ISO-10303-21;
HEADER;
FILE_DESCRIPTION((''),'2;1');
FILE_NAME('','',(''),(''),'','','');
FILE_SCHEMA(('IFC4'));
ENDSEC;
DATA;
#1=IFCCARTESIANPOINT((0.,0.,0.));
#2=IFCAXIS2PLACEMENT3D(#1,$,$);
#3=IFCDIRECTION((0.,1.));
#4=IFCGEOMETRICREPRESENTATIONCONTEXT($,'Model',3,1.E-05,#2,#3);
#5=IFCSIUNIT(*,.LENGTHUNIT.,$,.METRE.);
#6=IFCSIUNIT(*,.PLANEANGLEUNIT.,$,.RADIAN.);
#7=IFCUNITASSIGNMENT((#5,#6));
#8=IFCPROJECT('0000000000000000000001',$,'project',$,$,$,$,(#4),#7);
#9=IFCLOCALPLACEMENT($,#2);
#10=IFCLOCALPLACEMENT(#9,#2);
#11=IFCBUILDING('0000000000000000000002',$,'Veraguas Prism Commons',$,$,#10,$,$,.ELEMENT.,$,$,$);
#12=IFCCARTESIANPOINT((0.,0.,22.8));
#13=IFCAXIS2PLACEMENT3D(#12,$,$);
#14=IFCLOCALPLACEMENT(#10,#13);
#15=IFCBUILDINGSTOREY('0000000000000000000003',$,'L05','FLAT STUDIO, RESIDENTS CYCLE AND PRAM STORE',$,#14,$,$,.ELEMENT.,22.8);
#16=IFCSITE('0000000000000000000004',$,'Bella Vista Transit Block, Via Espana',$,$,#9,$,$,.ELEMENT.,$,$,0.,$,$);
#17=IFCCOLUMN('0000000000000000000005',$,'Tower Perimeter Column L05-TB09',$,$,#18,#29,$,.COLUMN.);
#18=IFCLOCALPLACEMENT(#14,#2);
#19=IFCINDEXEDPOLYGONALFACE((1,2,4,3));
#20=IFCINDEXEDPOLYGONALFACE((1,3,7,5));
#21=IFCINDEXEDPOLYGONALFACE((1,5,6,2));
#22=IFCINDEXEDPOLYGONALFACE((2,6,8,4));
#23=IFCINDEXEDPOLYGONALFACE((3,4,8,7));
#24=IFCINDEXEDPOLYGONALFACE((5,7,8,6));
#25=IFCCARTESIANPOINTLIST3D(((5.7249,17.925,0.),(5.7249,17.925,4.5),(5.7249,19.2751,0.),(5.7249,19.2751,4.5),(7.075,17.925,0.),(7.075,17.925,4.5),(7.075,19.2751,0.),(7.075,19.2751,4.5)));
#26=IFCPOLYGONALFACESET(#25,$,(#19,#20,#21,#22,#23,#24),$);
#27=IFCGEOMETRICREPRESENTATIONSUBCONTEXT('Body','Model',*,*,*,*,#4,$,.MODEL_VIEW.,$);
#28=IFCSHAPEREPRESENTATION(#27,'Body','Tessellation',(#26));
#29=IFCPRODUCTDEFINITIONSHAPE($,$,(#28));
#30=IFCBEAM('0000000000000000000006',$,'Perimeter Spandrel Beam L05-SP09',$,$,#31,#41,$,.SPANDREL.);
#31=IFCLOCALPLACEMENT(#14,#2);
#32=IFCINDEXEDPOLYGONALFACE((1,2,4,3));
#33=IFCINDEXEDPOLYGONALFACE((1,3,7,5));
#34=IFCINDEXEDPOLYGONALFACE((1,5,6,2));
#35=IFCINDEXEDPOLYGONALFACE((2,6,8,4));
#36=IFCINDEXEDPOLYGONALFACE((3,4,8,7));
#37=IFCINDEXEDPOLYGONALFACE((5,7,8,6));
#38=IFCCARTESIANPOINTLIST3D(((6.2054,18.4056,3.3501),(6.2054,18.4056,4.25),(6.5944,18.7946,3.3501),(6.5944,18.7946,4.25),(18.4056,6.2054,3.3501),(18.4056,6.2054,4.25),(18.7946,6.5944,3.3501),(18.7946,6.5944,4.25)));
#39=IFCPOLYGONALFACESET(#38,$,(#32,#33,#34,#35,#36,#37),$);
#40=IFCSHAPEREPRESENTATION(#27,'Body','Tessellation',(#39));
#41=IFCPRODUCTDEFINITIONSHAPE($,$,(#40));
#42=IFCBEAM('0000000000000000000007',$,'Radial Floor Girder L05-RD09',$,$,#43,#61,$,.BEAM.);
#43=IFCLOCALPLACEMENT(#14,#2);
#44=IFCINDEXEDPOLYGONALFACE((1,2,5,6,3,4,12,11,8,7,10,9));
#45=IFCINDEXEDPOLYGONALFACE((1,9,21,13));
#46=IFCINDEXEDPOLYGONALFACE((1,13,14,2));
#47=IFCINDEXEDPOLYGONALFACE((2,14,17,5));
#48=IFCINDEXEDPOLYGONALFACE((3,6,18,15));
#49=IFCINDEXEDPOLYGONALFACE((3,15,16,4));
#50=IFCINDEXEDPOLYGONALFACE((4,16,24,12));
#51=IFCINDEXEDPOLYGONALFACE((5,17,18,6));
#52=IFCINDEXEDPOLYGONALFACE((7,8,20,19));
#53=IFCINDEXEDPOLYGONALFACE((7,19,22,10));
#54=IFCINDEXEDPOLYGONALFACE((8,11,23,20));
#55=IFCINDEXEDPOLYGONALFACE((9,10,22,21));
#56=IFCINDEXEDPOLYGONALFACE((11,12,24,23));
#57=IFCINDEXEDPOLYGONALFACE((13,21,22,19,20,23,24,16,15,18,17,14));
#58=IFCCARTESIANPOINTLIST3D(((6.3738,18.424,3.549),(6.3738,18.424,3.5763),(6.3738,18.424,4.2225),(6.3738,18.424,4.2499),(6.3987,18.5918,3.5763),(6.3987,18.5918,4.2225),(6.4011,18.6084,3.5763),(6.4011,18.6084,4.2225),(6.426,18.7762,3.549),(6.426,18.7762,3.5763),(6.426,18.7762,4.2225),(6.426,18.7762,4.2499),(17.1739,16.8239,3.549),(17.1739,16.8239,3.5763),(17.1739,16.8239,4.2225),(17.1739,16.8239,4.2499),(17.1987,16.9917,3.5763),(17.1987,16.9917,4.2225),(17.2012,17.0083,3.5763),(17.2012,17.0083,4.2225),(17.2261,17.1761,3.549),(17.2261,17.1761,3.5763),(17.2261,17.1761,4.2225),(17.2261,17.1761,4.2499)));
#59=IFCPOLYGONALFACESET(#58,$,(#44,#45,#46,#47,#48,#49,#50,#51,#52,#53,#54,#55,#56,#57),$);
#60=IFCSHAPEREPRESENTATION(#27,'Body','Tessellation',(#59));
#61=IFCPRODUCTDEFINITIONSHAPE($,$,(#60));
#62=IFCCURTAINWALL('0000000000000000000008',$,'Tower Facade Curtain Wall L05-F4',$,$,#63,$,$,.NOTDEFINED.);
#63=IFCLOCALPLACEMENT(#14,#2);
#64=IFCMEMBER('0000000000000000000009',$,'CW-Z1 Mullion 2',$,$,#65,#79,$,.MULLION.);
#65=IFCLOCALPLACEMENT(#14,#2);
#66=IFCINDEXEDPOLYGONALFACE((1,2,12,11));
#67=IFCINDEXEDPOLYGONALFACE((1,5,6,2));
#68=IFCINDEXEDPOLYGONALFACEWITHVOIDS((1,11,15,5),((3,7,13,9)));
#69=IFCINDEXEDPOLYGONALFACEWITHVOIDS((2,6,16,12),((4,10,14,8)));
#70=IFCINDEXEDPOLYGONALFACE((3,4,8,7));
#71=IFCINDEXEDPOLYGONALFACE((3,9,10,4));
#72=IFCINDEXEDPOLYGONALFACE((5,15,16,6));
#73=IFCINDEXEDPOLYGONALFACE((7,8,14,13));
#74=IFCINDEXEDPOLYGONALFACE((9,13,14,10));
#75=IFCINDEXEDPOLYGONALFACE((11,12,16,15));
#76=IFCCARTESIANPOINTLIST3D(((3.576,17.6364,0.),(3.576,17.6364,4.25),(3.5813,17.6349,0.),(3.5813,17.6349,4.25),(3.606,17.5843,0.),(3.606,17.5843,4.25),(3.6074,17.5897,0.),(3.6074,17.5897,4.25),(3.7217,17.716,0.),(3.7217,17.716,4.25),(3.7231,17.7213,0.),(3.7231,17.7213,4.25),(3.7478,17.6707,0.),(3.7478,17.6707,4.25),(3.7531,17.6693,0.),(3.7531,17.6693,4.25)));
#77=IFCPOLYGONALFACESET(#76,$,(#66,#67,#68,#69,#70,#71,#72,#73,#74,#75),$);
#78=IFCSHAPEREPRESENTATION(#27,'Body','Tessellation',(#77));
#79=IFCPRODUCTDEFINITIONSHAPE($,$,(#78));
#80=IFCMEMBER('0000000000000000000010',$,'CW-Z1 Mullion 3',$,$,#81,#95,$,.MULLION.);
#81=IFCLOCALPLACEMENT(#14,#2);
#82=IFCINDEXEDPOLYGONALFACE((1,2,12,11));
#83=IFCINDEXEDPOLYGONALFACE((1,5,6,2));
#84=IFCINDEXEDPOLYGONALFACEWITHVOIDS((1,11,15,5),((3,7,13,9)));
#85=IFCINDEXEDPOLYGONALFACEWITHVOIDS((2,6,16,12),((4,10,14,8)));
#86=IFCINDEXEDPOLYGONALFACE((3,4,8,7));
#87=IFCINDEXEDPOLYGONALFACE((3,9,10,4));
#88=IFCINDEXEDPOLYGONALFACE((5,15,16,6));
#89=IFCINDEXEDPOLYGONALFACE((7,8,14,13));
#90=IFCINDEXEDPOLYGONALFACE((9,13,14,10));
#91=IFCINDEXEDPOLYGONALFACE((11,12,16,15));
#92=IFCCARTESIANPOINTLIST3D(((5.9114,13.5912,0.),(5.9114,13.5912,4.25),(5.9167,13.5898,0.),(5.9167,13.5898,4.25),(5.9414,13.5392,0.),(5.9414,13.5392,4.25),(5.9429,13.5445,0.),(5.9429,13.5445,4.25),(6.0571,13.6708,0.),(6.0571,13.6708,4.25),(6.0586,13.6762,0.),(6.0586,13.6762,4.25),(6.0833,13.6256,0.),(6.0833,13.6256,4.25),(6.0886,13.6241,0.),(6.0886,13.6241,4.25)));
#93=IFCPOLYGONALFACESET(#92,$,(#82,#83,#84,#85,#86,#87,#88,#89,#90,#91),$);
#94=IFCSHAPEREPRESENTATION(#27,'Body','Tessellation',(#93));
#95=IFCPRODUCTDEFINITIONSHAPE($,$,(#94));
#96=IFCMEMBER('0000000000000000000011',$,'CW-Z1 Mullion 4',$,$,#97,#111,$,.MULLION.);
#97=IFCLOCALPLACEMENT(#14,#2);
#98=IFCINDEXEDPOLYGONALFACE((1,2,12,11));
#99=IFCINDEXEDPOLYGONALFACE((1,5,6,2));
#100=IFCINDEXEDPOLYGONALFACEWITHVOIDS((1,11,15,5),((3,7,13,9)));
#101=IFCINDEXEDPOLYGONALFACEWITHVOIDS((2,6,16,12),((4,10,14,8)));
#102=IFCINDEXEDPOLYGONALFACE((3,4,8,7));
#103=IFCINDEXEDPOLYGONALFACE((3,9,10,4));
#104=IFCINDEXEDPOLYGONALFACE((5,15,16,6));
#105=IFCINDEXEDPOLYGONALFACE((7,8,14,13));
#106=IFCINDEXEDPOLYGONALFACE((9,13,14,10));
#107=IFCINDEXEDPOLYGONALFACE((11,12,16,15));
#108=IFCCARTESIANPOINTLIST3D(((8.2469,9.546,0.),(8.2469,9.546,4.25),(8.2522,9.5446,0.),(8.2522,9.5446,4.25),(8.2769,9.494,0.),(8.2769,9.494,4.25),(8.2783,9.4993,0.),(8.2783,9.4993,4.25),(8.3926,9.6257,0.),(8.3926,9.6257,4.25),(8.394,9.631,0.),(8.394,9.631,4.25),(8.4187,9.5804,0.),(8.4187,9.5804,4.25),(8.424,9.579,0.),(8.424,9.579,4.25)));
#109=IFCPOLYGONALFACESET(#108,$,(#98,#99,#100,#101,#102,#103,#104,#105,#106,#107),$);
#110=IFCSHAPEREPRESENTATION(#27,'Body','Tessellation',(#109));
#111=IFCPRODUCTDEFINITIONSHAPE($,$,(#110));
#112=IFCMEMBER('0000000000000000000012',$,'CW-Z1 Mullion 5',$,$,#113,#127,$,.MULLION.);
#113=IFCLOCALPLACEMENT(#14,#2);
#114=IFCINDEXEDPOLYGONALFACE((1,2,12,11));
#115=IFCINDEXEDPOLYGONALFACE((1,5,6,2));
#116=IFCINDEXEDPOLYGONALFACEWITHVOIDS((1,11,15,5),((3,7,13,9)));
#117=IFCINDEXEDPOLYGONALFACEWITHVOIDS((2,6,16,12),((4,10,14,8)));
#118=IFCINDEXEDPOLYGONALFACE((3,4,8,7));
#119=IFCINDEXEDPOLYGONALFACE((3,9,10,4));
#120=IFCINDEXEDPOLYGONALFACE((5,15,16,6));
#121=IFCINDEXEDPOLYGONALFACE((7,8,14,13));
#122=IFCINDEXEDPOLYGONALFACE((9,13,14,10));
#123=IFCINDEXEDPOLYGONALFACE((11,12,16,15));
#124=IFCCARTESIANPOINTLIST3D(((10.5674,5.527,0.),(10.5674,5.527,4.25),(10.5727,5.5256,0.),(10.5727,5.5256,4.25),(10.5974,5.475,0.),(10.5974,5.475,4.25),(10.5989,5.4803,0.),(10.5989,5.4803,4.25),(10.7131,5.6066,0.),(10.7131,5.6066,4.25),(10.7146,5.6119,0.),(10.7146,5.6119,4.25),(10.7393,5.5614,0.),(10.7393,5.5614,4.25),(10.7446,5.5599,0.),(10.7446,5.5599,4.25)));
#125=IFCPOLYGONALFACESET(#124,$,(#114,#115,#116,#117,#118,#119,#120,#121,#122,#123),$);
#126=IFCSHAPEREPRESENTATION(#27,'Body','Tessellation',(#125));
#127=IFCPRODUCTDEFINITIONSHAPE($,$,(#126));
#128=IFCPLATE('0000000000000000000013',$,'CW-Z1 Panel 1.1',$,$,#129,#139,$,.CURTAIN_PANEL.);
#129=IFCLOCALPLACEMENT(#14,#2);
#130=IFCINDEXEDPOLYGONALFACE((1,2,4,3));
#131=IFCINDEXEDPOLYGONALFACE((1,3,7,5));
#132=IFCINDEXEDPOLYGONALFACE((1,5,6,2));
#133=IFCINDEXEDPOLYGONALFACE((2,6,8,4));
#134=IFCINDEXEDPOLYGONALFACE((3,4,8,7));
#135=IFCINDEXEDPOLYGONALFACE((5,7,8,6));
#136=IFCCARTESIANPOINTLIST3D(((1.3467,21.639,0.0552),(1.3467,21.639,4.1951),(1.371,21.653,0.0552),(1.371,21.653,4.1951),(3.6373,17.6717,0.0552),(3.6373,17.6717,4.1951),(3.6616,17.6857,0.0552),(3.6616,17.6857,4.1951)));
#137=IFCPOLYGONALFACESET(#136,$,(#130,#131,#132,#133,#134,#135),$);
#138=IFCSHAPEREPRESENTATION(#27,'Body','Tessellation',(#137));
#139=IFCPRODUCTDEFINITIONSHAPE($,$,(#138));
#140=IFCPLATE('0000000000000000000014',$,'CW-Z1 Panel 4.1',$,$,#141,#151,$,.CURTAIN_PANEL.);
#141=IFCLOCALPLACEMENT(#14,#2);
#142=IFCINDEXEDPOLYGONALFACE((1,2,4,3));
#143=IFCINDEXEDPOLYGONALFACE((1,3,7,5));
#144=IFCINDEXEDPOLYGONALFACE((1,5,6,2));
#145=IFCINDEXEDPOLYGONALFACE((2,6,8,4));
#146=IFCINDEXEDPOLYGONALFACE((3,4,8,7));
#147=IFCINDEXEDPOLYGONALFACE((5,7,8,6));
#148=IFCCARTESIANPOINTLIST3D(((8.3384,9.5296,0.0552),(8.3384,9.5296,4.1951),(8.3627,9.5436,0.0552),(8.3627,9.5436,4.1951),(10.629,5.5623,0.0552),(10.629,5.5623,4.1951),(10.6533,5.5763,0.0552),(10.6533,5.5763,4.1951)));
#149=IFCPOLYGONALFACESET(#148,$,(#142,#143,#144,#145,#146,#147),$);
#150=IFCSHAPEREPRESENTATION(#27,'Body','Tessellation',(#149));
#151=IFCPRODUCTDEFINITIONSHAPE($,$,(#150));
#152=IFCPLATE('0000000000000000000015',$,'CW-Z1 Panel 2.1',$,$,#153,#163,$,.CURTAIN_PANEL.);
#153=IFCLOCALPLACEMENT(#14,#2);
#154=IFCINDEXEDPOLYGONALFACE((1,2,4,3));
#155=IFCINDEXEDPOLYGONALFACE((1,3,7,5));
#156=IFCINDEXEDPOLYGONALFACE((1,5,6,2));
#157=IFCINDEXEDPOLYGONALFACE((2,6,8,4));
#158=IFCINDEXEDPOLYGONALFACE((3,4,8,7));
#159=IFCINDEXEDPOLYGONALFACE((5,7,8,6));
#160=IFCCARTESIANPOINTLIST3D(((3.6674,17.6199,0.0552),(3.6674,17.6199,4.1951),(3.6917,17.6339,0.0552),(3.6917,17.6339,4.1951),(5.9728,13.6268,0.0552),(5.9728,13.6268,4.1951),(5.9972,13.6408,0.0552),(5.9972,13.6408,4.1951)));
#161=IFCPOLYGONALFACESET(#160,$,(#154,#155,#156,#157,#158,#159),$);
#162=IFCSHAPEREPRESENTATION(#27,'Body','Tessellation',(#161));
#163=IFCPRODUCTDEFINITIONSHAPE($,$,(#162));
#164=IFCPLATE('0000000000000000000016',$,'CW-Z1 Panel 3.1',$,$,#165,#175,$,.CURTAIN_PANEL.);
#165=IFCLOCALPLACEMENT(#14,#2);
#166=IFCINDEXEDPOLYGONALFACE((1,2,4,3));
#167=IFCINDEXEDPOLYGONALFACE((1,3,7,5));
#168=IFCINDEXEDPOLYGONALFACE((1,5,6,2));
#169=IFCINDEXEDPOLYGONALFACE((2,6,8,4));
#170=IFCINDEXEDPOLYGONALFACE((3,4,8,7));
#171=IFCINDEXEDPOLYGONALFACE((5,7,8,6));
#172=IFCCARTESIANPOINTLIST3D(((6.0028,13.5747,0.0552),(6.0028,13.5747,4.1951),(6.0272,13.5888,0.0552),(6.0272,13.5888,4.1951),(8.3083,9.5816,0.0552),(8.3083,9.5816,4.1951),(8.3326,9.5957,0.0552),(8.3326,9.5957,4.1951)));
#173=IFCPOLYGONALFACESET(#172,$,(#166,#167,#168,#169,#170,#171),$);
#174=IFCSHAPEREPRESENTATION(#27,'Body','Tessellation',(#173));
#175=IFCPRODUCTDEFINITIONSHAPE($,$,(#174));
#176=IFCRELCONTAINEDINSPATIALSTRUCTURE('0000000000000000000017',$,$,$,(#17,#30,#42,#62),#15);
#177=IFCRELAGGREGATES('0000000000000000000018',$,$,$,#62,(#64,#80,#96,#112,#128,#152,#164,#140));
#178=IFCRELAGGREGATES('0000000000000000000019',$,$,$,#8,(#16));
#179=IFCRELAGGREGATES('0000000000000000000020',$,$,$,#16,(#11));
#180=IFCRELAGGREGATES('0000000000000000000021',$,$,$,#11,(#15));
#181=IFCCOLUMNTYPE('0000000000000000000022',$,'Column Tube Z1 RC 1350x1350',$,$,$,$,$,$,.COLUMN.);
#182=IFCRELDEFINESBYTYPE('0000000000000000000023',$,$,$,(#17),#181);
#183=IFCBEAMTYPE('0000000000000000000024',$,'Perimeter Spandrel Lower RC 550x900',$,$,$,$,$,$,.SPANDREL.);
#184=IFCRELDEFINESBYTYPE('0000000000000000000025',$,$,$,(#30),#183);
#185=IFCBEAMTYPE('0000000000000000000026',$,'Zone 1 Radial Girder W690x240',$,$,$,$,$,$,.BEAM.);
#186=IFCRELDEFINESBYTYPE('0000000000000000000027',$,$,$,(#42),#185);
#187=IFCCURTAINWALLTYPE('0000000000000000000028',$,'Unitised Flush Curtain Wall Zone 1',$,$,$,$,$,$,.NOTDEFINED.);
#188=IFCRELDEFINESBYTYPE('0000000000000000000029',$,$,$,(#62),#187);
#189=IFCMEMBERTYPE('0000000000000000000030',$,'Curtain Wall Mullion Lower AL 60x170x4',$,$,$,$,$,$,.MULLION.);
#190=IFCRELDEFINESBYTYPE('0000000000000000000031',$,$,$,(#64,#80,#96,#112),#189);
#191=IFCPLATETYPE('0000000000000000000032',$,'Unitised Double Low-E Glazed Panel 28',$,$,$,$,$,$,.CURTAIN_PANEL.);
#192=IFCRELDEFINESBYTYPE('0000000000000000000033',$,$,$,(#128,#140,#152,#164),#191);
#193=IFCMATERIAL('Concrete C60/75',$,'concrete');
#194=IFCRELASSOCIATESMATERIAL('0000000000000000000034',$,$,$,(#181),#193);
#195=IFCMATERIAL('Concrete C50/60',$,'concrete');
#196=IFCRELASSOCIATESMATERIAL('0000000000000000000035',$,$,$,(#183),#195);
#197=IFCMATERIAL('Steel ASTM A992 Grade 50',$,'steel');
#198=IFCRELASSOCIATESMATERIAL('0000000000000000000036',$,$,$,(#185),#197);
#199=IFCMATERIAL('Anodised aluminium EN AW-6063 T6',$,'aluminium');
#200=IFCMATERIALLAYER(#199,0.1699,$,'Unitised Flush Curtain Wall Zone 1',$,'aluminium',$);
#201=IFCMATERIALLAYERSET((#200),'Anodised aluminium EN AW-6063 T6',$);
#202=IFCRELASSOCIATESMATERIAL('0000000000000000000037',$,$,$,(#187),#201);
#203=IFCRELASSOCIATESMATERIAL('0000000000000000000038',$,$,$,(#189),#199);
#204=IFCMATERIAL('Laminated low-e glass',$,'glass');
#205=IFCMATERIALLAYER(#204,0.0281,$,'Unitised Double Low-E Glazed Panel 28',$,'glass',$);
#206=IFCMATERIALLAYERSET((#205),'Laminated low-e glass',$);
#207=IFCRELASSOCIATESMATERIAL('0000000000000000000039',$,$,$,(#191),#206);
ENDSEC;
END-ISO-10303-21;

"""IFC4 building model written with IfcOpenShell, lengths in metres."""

from ifc_helpers import new_model, si_unit, direction, frame, origin, origin_2d, place, context, subcontext, project, spatial, rectangle, hollow_rectangle, i_section, extrude, source, transform, mapped, material, layer, layer_set, material_profile, profile_set, type_object, element, aggregate, save


model = new_model("IFC4")

# Units and contexts
model_context = context("Model", 3, precision=1e-05, world=origin(), true_north=direction((0.0, 1.0)))
body_context = subcontext(model_context, "Body", "Model", "MODEL_VIEW")
ifc_project = project(units=[si_unit("LENGTHUNIT", "METRE"), si_unit("PLANEANGLEUNIT", "RADIAN")], contexts=[model_context])

# Site, building, storey
site_placement = place(None, origin())
site = spatial("IfcSite", under=ifc_project, at=site_placement, Name="Bella Vista Transit Block, Via Espana", CompositionType="ELEMENT", RefElevation=0.0)
building_placement = place(site_placement, origin())
building = spatial("IfcBuilding", under=site, at=building_placement, Name="Veraguas Prism Commons", CompositionType="ELEMENT")
storey_placement = place(building_placement, frame((0.0, 0.0, 22.8)))
storey = spatial("IfcBuildingStorey", under=building, at=storey_placement, Name="L05", Description="FLAT STUDIO, RESIDENTS CYCLE AND PRAM STORE", CompositionType="ELEMENT", Elevation=22.8)

# Column
ifc_material_1 = material(Name="Concrete C60/75", Category="concrete")
ifc_material_profile_1 = material_profile(ifc_material_1, rectangle(XDim=1.3501, YDim=1.3501, at=origin_2d()), Name="RC1350X1350")
ifc_profile_set_1 = profile_set([ifc_material_profile_1], Name="Concrete C60/75")
column_type = type_object("IfcColumnType", Name="Column Tube Z1 RC 1350x1350", PredefinedType="COLUMN", material=ifc_profile_set_1)
column_placement = place(storey_placement, frame((6.3999, 18.6001, 0.0), z_axis=(0.0, 0.0, 1.0), x_axis=(1.0, 0.0, 0.0)))
element("IfcColumn", 1, at=column_placement, inside=storey, type_object=column_type, Name="Tower Perimeter Column L05-TB09", PredefinedType="COLUMN", context=body_context, shape_type="SweptSolid", body=[
    extrude(rectangle(XDim=1.3501, YDim=1.3501, at=origin_2d()), origin(), (0.0, 0.0, 1.0), 4.5),
])

# Beams
ifc_material_2 = material(Name="Concrete C50/60", Category="concrete")
ifc_material_profile_2 = material_profile(ifc_material_2, rectangle(XDim=0.55, YDim=0.8999, at=origin_2d()), Name="RC550X900")
ifc_profile_set_2 = profile_set([ifc_material_profile_2], Name="Concrete C50/60")
beam_type_1 = type_object("IfcBeamType", Name="Perimeter Spandrel Lower RC 550x900", PredefinedType="SPANDREL", material=ifc_profile_set_2)
beam_1_placement = place(storey_placement, frame((6.3999, 18.6001, 3.8), z_axis=(0.707107, -0.707107, 0.0), x_axis=(0.707107, 0.707107, 0.0)))
element("IfcBeam", 2, at=beam_1_placement, inside=storey, type_object=beam_type_1, Name="Perimeter Spandrel Beam L05-SP09", PredefinedType="SPANDREL", context=body_context, shape_type="SweptSolid", body=[
    extrude(rectangle(XDim=0.55, YDim=0.8999, at=origin_2d()), origin(), (0.0, 0.0, 1.0), 17.2537),
])
ifc_material_3 = material(Name="Steel ASTM A992 Grade 50", Category="steel")
ifc_material_profile_3 = material_profile(ifc_material_3, i_section(OverallWidth=0.356, OverallDepth=0.7009, WebThickness=0.0168, FlangeThickness=0.0273, at=origin_2d()), Name="W690X240")
ifc_profile_set_3 = profile_set([ifc_material_profile_3], Name="Steel ASTM A992 Grade 50")
beam_type_2 = type_object("IfcBeamType", Name="Zone 1 Radial Girder W690x240", PredefinedType="BEAM", material=ifc_profile_set_3)
beam_2_placement = place(storey_placement, frame((6.3999, 18.6001, 3.8994), z_axis=(0.989202, -0.146557, 0.0), x_axis=(0.146557, 0.989202, 0.0)))
element("IfcBeam", 3, at=beam_2_placement, inside=storey, type_object=beam_type_2, Name="Radial Floor Girder L05-RD09", PredefinedType="BEAM", context=body_context, shape_type="SweptSolid", body=[
    extrude(i_section(OverallWidth=0.356, OverallDepth=0.7009, WebThickness=0.0168, FlangeThickness=0.0273, at=origin_2d()), origin(), (0.0, 0.0, 1.0), 10.918),
])

# Curtain wall, members, plates
ifc_material_4 = material(Name="Anodised aluminium EN AW-6063 T6", Category="aluminium")
ifc_layer_1 = layer(ifc_material_4, 0.1699, Name="Unitised Flush Curtain Wall Zone 1", Category="aluminium")
ifc_layer_set_1 = layer_set([ifc_layer_1], Name="Anodised aluminium EN AW-6063 T6")
curtain_wall_type = type_object("IfcCurtainWallType", Name="Unitised Flush Curtain Wall Zone 1", PredefinedType="NOTDEFINED", material=ifc_layer_set_1)
curtain_wall_placement = place(storey_placement, origin())
curtain_wall = element("IfcCurtainWall", 4, at=curtain_wall_placement, inside=storey, type_object=curtain_wall_type, Name="Tower Facade Curtain Wall L05-F4", PredefinedType="NOTDEFINED")
ifc_material_profile_4 = material_profile(ifc_material_4, hollow_rectangle(XDim=0.0601, YDim=0.1699, WallThickness=0.0039, at=origin_2d()), Name="AL60X170X4")
ifc_profile_set_4 = profile_set([ifc_material_profile_4], Name="Anodised aluminium EN AW-6063 T6")
member_type = type_object("IfcMemberType", Name="Curtain Wall Mullion Lower AL 60x170x4", PredefinedType="MULLION", material=ifc_profile_set_4)
shared_shape_1 = source(origin(), body_context, "Body", "SweptSolid", [
    extrude(hollow_rectangle(XDim=0.0601, YDim=0.1699, WallThickness=0.0039, at=origin_2d()), origin(), (0.0, 0.0, 1.0), 4.25),
])
member_1_placement = place(storey_placement, frame((3.6646, 17.6528, 0.0), z_axis=(0.0, 0.0, 1.0), x_axis=(0.500005, -0.866023, 0.0)))
member_1 = element("IfcMember", 5, at=member_1_placement, type_object=member_type, Name="CW-Z1 Mullion 2", PredefinedType="MULLION", context=body_context, shape_type="MappedRepresentation", body=[
    mapped(shared_shape_1, transform((0.0, 0.0, 0.0), scale=1.0)),
])
member_2_placement = place(storey_placement, frame((6.0, 13.6077, 0.0), z_axis=(0.0, 0.0, 1.0), x_axis=(0.500005, -0.866023, 0.0)))
member_2 = element("IfcMember", 6, at=member_2_placement, type_object=member_type, Name="CW-Z1 Mullion 3", PredefinedType="MULLION", context=body_context, shape_type="MappedRepresentation", body=[
    mapped(shared_shape_1, transform((0.0, 0.0, 0.0), scale=1.0)),
])
member_3_placement = place(storey_placement, frame((8.3354, 9.5625, 0.0), z_axis=(0.0, 0.0, 1.0), x_axis=(0.500005, -0.866023, 0.0)))
member_3 = element("IfcMember", 7, at=member_3_placement, type_object=member_type, Name="CW-Z1 Mullion 4", PredefinedType="MULLION", context=body_context, shape_type="MappedRepresentation", body=[
    mapped(shared_shape_1, transform((0.0, 0.0, 0.0), scale=1.0)),
])
member_4_placement = place(storey_placement, frame((10.656, 5.5435, 0.0), z_axis=(0.0, 0.0, 1.0), x_axis=(0.500005, -0.866023, 0.0)))
member_4 = element("IfcMember", 8, at=member_4_placement, type_object=member_type, Name="CW-Z1 Mullion 5", PredefinedType="MULLION", context=body_context, shape_type="MappedRepresentation", body=[
    mapped(shared_shape_1, transform((0.0, 0.0, 0.0), scale=1.0)),
])
ifc_material_5 = material(Name="Laminated low-e glass", Category="glass")
ifc_layer_2 = layer(ifc_material_5, 0.0281, Name="Unitised Double Low-E Glazed Panel 28", Category="glass")
ifc_layer_set_2 = layer_set([ifc_layer_2], Name="Laminated low-e glass")
plate_type = type_object("IfcPlateType", Name="Unitised Double Low-E Glazed Panel 28", PredefinedType="CURTAIN_PANEL", material=ifc_layer_set_2)
shared_shape_2 = source(origin(), body_context, "Body", "SweptSolid", [
    extrude(rectangle(XDim=4.5811, YDim=0.0281, at=origin_2d()), origin(), (0.0, 0.0, 1.0), 4.1399),
])
plate_1_placement = place(storey_placement, frame((2.5042, 19.6624, 0.0552), z_axis=(0.0, 0.0, 1.0), x_axis=(0.500005, -0.866023, 0.0)))
plate_1 = element("IfcPlate", 9, at=plate_1_placement, type_object=plate_type, Name="CW-Z1 Panel 1.1", PredefinedType="CURTAIN_PANEL", context=body_context, shape_type="MappedRepresentation", body=[
    mapped(shared_shape_2, transform((0.0, 0.0, 0.0), scale=1.0)),
])
plate_2_placement = place(storey_placement, frame((9.4958, 7.553, 0.0552), z_axis=(0.0, 0.0, 1.0), x_axis=(0.500005, -0.866023, 0.0)))
plate_2 = element("IfcPlate", 10, at=plate_2_placement, type_object=plate_type, Name="CW-Z1 Panel 4.1", PredefinedType="CURTAIN_PANEL", context=body_context, shape_type="MappedRepresentation", body=[
    mapped(shared_shape_2, transform((0.0, 0.0, 0.0), scale=1.0)),
])
shared_shape_3 = source(origin(), body_context, "Body", "SweptSolid", [
    extrude(rectangle(XDim=4.6108, YDim=0.0281, at=origin_2d()), origin(), (0.0, 0.0, 1.0), 4.1399),
])
plate_3_placement = place(storey_placement, frame((4.8323, 15.6304, 0.0552), z_axis=(0.0, 0.0, 1.0), x_axis=(0.500005, -0.866023, 0.0)))
plate_3 = element("IfcPlate", 11, at=plate_3_placement, type_object=plate_type, Name="CW-Z1 Panel 2.1", PredefinedType="CURTAIN_PANEL", context=body_context, shape_type="MappedRepresentation", body=[
    mapped(shared_shape_3, transform((0.0, 0.0, 0.0), scale=1.0)),
])
plate_4_placement = place(storey_placement, frame((7.1677, 11.5852, 0.0552), z_axis=(0.0, 0.0, 1.0), x_axis=(0.500005, -0.866023, 0.0)))
plate_4 = element("IfcPlate", 12, at=plate_4_placement, type_object=plate_type, Name="CW-Z1 Panel 3.1", PredefinedType="CURTAIN_PANEL", context=body_context, shape_type="MappedRepresentation", body=[
    mapped(shared_shape_3, transform((0.0, 0.0, 0.0), scale=1.0)),
])
aggregate(curtain_wall, [member_1, member_2, member_3, member_4, plate_1, plate_3, plate_4, plate_2])

save(model, "model.ifc")
